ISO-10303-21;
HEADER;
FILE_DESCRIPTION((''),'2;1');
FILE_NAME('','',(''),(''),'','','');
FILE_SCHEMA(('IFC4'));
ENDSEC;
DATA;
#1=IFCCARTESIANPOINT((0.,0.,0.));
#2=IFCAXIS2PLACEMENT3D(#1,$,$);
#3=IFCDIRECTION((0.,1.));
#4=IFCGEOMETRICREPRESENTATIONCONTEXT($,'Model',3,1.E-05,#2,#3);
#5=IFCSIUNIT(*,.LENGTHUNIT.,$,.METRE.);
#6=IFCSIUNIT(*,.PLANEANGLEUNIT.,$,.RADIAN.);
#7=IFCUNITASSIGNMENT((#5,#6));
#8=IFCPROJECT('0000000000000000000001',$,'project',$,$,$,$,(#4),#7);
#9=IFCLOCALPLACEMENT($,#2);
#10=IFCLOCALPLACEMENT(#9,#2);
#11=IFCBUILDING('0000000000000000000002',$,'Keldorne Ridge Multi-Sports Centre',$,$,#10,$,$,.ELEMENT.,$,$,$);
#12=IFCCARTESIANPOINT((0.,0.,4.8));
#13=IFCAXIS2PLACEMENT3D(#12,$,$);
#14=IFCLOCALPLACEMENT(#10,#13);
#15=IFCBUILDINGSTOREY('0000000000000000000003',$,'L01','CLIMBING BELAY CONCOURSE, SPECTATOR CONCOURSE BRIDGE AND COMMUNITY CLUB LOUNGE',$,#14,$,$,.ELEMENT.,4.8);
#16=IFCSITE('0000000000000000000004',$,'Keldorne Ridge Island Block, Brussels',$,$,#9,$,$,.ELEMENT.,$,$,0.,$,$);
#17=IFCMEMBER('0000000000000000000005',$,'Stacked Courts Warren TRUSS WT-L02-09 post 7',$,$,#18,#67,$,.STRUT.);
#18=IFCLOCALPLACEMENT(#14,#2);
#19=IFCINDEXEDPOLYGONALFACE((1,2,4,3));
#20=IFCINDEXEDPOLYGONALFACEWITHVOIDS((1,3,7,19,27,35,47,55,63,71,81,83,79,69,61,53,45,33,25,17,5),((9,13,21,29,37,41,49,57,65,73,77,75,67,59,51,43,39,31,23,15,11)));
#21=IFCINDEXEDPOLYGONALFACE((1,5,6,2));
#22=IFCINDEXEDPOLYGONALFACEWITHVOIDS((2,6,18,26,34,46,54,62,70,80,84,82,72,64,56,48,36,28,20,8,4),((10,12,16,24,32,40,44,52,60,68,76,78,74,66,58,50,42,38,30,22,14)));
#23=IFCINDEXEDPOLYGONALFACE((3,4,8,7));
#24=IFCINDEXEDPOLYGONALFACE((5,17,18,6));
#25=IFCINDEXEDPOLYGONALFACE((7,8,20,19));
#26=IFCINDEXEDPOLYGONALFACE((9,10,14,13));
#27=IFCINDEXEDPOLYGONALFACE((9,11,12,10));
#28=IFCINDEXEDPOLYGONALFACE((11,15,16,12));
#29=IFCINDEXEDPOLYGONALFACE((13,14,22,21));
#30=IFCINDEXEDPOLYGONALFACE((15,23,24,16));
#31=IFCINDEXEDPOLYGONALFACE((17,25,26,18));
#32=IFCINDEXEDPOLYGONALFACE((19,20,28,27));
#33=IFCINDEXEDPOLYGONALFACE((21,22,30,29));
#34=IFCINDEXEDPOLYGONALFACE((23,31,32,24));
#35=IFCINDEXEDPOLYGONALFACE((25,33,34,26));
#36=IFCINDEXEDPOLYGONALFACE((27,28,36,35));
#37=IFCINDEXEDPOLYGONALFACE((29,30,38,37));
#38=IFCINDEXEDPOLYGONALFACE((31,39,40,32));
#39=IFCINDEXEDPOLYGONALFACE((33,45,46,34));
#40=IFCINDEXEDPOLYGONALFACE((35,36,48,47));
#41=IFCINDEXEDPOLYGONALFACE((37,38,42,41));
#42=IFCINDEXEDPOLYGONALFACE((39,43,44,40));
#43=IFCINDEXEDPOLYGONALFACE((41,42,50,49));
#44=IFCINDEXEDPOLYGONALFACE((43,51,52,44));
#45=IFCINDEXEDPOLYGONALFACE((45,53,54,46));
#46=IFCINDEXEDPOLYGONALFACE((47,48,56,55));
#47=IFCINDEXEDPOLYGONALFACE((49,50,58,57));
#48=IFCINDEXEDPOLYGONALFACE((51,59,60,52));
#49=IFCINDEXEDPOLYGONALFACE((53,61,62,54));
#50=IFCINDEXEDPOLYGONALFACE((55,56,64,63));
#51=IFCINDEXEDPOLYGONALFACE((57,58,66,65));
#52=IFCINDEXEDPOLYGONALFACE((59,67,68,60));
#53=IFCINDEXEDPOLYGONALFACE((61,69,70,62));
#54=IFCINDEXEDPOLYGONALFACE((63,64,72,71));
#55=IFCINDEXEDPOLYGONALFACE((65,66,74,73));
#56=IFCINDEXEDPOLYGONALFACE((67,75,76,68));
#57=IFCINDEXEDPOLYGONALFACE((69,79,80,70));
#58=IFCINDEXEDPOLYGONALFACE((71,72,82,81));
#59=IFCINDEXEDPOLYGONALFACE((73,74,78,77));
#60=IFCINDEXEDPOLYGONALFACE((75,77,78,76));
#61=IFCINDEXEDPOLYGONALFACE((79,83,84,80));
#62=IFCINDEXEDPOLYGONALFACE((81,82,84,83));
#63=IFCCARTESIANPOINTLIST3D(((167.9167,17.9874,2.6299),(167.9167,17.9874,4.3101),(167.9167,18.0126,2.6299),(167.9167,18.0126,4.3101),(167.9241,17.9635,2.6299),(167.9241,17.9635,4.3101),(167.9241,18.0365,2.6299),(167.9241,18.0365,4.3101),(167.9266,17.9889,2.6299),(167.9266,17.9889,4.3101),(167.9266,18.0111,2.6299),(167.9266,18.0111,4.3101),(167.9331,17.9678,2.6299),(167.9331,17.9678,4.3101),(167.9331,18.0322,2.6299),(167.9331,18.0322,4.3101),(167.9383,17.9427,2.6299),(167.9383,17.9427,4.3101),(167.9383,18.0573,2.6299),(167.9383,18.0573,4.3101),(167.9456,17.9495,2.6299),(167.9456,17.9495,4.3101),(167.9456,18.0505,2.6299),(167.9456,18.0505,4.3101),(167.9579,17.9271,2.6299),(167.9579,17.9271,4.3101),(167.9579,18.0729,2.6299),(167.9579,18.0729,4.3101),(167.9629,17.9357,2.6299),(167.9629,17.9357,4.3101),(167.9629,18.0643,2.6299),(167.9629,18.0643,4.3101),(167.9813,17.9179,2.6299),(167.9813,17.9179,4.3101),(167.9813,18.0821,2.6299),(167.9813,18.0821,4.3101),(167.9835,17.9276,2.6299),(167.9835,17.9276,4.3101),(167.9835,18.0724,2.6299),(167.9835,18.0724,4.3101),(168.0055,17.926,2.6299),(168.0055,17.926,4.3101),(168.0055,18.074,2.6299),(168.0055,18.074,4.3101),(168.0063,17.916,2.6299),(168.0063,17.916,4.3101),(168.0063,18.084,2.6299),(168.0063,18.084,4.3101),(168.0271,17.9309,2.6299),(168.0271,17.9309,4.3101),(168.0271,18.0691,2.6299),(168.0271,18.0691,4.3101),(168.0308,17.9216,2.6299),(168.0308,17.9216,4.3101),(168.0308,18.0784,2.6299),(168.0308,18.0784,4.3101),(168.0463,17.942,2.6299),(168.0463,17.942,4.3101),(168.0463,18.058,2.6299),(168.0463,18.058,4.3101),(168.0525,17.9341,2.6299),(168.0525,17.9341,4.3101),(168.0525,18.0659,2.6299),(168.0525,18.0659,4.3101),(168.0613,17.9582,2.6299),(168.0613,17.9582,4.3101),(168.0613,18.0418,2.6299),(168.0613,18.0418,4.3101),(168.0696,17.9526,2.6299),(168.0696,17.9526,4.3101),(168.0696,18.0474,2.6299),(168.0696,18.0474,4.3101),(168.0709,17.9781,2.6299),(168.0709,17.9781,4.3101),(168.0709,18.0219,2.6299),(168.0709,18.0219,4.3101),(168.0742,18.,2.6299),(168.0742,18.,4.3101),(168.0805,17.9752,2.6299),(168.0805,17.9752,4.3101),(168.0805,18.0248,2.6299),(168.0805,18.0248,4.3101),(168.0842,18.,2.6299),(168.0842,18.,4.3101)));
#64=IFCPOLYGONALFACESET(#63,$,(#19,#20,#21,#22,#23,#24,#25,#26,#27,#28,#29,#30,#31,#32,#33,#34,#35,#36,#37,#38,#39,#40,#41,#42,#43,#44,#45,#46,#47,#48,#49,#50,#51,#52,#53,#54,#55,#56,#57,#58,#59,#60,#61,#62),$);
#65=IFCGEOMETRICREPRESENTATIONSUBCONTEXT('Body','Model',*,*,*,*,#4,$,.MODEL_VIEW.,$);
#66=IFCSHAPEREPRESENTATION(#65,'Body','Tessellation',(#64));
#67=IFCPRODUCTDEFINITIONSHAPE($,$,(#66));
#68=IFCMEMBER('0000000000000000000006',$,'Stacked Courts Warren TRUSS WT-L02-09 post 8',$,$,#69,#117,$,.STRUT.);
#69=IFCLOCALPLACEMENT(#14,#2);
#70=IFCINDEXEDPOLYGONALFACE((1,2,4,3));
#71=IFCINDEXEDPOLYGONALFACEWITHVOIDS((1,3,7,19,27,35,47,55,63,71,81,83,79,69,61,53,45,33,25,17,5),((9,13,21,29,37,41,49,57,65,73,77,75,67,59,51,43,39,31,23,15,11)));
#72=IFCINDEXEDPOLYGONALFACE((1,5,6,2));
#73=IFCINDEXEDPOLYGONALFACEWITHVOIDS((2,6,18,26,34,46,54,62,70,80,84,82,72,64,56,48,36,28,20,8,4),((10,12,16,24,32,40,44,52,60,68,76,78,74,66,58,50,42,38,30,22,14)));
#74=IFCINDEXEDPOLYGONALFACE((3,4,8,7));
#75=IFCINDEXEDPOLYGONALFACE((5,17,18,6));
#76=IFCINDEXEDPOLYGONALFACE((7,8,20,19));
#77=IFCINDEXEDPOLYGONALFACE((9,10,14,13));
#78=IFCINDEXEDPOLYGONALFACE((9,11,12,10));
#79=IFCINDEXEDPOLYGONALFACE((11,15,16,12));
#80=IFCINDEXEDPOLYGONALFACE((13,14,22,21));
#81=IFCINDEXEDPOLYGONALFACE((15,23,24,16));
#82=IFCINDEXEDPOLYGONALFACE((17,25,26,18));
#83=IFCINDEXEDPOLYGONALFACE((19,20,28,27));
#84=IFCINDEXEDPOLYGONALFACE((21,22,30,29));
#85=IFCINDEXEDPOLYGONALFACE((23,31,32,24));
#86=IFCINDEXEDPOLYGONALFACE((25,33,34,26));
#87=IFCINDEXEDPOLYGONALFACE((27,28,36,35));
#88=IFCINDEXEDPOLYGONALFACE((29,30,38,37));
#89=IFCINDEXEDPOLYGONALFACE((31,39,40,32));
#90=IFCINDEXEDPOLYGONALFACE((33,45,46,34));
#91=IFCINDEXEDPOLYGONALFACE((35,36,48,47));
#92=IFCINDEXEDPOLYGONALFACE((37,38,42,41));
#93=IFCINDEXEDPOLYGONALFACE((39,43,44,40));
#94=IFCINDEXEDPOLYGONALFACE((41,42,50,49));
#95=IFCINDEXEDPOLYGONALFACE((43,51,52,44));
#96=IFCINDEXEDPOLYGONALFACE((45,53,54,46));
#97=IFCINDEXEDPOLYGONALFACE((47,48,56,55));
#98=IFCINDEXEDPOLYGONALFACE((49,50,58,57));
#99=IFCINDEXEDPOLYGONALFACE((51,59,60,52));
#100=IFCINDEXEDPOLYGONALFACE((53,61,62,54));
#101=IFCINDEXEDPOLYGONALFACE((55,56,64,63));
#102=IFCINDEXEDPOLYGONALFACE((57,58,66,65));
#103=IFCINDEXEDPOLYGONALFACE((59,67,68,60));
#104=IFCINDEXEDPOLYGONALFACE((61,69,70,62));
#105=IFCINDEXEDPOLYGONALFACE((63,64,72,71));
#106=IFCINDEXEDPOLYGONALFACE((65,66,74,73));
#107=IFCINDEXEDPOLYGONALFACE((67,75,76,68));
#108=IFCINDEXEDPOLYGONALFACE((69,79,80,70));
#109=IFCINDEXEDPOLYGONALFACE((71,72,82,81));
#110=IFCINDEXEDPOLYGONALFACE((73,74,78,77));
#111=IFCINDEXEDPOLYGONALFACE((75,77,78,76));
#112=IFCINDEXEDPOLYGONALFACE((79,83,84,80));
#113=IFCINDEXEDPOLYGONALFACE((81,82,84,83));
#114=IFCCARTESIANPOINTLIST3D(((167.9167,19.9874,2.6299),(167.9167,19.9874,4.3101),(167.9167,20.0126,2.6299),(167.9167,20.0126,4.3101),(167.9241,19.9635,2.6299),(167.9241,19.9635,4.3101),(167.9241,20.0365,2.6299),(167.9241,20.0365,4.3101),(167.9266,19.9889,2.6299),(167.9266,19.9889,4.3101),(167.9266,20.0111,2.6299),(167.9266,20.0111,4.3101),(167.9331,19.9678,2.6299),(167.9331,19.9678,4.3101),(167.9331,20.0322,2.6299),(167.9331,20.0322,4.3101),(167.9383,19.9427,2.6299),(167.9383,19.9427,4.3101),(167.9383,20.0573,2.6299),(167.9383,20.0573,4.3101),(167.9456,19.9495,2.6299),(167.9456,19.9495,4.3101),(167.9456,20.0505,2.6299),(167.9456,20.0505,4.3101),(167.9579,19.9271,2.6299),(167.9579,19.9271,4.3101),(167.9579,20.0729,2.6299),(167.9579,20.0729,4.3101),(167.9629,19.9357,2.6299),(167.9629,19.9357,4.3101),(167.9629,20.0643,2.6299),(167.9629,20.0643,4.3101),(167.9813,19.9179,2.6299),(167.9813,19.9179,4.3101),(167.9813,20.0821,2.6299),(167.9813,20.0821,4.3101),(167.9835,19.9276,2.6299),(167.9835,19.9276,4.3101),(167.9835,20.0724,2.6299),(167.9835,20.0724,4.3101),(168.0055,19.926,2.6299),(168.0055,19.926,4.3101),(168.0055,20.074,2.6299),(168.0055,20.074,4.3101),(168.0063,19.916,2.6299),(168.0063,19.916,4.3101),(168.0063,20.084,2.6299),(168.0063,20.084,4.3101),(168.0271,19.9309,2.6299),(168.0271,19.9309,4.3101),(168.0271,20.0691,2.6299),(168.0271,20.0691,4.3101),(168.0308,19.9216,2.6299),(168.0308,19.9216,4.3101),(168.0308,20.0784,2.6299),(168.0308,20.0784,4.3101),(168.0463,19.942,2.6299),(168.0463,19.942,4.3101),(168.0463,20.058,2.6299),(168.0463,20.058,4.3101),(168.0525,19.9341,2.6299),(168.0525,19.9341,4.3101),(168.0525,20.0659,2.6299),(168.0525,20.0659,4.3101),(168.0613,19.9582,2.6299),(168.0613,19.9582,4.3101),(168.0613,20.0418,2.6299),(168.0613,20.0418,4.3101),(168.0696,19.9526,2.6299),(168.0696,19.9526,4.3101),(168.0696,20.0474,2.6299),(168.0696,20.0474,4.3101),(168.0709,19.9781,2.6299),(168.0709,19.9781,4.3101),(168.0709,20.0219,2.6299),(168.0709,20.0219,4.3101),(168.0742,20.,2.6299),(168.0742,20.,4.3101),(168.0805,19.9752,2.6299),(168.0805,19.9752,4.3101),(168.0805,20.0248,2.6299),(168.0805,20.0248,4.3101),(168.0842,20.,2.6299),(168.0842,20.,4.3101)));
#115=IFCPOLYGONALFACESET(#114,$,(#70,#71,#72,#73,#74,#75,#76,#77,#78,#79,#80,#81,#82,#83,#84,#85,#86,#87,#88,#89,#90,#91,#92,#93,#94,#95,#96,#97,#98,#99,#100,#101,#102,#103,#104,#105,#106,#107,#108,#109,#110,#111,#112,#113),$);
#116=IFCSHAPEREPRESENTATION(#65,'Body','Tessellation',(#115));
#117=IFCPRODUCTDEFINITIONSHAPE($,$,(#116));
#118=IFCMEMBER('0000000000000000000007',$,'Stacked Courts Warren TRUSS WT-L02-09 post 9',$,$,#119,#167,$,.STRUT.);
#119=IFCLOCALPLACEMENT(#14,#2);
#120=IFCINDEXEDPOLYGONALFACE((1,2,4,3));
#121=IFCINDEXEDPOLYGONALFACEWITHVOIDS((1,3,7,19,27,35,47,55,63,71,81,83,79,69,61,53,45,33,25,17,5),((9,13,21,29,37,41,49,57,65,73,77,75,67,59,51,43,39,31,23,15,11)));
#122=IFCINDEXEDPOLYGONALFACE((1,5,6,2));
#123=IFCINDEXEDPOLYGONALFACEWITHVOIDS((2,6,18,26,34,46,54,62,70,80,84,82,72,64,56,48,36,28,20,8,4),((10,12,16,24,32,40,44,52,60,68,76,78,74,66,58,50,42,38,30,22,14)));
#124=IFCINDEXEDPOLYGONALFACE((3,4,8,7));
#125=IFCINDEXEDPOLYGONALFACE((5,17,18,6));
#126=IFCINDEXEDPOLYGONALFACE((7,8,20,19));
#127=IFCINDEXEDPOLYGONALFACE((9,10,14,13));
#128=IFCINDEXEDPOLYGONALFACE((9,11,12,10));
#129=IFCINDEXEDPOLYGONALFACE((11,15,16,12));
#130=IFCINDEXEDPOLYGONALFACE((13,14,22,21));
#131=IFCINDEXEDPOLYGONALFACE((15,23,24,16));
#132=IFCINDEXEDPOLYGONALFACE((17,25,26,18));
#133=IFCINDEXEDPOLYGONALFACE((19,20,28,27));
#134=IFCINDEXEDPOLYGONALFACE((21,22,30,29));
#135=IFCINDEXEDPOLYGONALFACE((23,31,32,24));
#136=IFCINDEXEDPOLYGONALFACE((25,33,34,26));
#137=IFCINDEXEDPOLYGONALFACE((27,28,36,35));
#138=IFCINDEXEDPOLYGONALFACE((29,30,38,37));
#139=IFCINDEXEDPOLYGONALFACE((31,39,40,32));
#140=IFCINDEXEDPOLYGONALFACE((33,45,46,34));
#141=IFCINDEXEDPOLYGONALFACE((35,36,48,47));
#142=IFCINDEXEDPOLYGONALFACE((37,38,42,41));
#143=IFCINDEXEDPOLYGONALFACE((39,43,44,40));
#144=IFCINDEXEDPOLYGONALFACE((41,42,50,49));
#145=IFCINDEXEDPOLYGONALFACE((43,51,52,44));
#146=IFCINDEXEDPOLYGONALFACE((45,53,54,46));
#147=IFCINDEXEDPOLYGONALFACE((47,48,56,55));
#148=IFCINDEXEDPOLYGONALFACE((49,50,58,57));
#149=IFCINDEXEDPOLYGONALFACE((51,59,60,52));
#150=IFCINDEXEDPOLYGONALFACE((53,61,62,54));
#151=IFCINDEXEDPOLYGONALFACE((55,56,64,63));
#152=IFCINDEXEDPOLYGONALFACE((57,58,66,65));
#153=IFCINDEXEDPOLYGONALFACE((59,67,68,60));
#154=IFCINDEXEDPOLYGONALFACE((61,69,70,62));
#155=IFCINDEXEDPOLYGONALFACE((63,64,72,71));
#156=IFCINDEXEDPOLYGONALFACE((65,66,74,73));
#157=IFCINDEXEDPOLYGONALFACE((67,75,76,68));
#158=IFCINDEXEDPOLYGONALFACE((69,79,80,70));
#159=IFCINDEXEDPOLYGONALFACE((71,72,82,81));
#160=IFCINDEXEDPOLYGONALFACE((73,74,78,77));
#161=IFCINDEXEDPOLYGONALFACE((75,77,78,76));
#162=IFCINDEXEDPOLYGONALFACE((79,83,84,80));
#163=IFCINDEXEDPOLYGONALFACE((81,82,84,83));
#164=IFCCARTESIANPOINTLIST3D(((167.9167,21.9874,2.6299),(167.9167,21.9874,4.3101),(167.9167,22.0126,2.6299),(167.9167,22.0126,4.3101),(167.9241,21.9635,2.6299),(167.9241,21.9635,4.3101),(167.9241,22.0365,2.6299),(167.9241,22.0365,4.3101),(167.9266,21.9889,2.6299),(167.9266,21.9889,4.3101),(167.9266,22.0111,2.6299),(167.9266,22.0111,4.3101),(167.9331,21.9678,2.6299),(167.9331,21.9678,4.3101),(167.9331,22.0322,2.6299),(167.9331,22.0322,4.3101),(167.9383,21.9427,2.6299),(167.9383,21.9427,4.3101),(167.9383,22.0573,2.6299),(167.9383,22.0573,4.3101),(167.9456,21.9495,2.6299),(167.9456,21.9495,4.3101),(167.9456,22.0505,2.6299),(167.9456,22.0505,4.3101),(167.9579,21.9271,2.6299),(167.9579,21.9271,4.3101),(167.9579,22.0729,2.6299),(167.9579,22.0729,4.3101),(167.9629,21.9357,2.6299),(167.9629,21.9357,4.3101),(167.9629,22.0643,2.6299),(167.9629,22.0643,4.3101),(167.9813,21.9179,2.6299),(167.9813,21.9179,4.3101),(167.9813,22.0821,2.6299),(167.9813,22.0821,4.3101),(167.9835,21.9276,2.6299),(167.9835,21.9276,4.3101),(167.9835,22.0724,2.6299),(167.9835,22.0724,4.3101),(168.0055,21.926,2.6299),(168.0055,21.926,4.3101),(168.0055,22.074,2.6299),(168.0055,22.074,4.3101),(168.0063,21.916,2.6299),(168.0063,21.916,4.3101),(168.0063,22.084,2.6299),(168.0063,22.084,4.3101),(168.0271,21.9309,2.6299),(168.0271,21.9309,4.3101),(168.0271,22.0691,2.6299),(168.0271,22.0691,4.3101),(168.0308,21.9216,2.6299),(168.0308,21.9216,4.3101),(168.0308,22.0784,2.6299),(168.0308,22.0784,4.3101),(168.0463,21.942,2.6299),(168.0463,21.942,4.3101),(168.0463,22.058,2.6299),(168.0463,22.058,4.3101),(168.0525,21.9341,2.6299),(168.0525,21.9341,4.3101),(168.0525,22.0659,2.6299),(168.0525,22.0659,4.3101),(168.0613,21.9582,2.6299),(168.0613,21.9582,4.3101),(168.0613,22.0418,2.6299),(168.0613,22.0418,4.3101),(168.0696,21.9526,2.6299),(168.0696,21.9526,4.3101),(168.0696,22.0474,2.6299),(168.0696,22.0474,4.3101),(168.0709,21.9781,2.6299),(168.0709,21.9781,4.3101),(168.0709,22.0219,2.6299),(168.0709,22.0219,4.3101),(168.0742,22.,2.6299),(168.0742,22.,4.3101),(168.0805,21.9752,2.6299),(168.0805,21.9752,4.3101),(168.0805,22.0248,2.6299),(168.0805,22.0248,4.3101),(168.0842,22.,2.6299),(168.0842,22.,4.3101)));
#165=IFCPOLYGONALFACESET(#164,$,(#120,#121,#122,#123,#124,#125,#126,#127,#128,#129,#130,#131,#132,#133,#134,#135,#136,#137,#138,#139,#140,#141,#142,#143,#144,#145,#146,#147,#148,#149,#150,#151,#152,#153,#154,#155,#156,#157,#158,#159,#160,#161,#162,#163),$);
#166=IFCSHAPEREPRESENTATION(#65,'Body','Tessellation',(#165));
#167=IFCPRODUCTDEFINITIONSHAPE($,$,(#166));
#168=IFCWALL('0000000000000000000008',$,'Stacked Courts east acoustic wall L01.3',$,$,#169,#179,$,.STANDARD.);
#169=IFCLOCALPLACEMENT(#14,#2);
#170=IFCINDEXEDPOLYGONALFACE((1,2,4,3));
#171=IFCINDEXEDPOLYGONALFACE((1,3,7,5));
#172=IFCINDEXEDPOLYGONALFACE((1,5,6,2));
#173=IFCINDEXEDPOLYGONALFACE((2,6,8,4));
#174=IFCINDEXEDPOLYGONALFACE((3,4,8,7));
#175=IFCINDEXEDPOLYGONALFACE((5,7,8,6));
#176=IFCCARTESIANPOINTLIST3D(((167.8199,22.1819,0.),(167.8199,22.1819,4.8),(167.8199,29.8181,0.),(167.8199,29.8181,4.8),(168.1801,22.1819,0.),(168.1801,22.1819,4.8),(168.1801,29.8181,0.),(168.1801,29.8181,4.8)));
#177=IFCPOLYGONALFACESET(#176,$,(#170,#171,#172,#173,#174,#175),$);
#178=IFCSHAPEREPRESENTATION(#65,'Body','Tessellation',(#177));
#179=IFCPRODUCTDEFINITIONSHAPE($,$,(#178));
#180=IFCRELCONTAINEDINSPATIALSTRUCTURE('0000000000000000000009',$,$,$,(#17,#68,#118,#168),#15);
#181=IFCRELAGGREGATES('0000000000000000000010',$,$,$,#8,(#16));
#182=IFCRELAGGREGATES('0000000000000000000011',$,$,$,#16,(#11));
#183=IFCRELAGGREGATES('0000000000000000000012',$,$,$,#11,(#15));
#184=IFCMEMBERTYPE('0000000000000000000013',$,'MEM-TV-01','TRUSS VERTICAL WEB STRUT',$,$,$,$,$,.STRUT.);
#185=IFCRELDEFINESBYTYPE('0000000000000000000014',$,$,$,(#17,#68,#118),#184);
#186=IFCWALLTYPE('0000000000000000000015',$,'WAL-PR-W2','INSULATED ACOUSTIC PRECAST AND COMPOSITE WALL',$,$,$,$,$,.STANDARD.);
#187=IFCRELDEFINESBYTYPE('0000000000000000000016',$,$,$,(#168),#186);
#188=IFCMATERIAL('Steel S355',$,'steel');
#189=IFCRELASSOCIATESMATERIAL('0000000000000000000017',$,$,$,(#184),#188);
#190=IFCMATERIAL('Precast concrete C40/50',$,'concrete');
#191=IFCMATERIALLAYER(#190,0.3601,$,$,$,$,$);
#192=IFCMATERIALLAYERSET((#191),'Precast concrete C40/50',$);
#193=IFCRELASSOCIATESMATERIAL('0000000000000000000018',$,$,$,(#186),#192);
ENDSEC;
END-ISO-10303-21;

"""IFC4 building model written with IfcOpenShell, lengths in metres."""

from ifc_helpers import new_model, si_unit, direction, frame, frame_2d, origin, origin_2d, place, context, subcontext, project, spatial, rectangle, hollow_circle, extrude, material, layer, layer_set, material_profile, profile_set, type_object, element, save


model = new_model("IFC4")

# Units and contexts
model_context = context("Model", 3, precision=1e-05, world=origin(), true_north=direction((0.0, 1.0)))
body_context = subcontext(model_context, "Body", "Model", "MODEL_VIEW")
ifc_project = project(units=[si_unit("LENGTHUNIT", "METRE"), si_unit("PLANEANGLEUNIT", "RADIAN")], contexts=[model_context])

# Site, building, storey
site_placement = place(None, origin())
site = spatial("IfcSite", under=ifc_project, at=site_placement, Name="Keldorne Ridge Island Block, Brussels", CompositionType="ELEMENT", RefElevation=0.0)
building_placement = place(site_placement, origin())
building = spatial("IfcBuilding", under=site, at=building_placement, Name="Keldorne Ridge Multi-Sports Centre", CompositionType="ELEMENT")
storey_placement = place(building_placement, frame((0.0, 0.0, 4.8)))
storey = spatial("IfcBuildingStorey", under=building, at=storey_placement, Name="L01", Description="CLIMBING BELAY CONCOURSE, SPECTATOR CONCOURSE BRIDGE AND COMMUNITY CLUB LOUNGE", CompositionType="ELEMENT", Elevation=4.8)

# Shared definitions
ifc_material_1 = material(Name="Steel S355", Category="steel")

# Members
ifc_material_profile_1 = material_profile(ifc_material_1, hollow_circle(Radius=0.0842, WallThickness=0.01, at=origin_2d()), Name="CHS 168.3x10")
ifc_profile_set_1 = profile_set([ifc_material_profile_1], Name="Steel S355")
member_type_1 = type_object("IfcMemberType", Name="MEM-TV-01", Description="TRUSS VERTICAL WEB STRUT", PredefinedType="STRUT", material=ifc_profile_set_1)
for number, where, z_axis, x_axis, name in (
    (1, (168.0, 18.0, 2.6299), (0.0, 0.0, 1.0), (1.0, 0.0, 0.0), "Stacked Courts Warren TRUSS WT-L02-09 post 7"),
    (2, (168.0, 20.0, 2.6299), (0.0, 0.0, 1.0), (1.0, 0.0, 0.0), "Stacked Courts Warren TRUSS WT-L02-09 post 8"),
    (3, (168.0, 22.0, 2.6299), (0.0, 0.0, 1.0), (1.0, 0.0, 0.0), "Stacked Courts Warren TRUSS WT-L02-09 post 9"),
):
    element("IfcMember", number, at=place(storey_placement, frame(where, z_axis=z_axis, x_axis=x_axis)), inside=storey, type_object=member_type_1, Name=name, PredefinedType="STRUT", context=body_context, shape_type="SweptSolid", body=[
        extrude(hollow_circle(Radius=0.0842, WallThickness=0.01, at=origin_2d()), origin(), (0.0, 0.0, 1.0), 1.6802),
    ])

# Wall
ifc_material_2 = material(Name="Precast concrete C40/50", Category="concrete")
ifc_layer = layer(ifc_material_2, 0.3601)
ifc_layer_set = layer_set([ifc_layer], Name="Precast concrete C40/50")
wall_type = type_object("IfcWallType", Name="WAL-PR-W2", Description="INSULATED ACOUSTIC PRECAST AND COMPOSITE WALL", PredefinedType="STANDARD", material=ifc_layer_set)
wall_placement = place(storey_placement, frame((168.0, 22.1819, 0.0), z_axis=(0.0, 0.0, 1.0), x_axis=(0.0, 1.0, 0.0)))
element("IfcWall", 4, at=wall_placement, inside=storey, type_object=wall_type, Name="Stacked Courts east acoustic wall L01.3", PredefinedType="STANDARD", context=body_context, shape_type="SweptSolid", body=[
    extrude(rectangle(XDim=7.6362, YDim=0.3601, at=frame_2d((3.8181, 0.0))), origin(), (0.0, 0.0, 1.0), 4.8),
])

save(model, "model.ifc")
